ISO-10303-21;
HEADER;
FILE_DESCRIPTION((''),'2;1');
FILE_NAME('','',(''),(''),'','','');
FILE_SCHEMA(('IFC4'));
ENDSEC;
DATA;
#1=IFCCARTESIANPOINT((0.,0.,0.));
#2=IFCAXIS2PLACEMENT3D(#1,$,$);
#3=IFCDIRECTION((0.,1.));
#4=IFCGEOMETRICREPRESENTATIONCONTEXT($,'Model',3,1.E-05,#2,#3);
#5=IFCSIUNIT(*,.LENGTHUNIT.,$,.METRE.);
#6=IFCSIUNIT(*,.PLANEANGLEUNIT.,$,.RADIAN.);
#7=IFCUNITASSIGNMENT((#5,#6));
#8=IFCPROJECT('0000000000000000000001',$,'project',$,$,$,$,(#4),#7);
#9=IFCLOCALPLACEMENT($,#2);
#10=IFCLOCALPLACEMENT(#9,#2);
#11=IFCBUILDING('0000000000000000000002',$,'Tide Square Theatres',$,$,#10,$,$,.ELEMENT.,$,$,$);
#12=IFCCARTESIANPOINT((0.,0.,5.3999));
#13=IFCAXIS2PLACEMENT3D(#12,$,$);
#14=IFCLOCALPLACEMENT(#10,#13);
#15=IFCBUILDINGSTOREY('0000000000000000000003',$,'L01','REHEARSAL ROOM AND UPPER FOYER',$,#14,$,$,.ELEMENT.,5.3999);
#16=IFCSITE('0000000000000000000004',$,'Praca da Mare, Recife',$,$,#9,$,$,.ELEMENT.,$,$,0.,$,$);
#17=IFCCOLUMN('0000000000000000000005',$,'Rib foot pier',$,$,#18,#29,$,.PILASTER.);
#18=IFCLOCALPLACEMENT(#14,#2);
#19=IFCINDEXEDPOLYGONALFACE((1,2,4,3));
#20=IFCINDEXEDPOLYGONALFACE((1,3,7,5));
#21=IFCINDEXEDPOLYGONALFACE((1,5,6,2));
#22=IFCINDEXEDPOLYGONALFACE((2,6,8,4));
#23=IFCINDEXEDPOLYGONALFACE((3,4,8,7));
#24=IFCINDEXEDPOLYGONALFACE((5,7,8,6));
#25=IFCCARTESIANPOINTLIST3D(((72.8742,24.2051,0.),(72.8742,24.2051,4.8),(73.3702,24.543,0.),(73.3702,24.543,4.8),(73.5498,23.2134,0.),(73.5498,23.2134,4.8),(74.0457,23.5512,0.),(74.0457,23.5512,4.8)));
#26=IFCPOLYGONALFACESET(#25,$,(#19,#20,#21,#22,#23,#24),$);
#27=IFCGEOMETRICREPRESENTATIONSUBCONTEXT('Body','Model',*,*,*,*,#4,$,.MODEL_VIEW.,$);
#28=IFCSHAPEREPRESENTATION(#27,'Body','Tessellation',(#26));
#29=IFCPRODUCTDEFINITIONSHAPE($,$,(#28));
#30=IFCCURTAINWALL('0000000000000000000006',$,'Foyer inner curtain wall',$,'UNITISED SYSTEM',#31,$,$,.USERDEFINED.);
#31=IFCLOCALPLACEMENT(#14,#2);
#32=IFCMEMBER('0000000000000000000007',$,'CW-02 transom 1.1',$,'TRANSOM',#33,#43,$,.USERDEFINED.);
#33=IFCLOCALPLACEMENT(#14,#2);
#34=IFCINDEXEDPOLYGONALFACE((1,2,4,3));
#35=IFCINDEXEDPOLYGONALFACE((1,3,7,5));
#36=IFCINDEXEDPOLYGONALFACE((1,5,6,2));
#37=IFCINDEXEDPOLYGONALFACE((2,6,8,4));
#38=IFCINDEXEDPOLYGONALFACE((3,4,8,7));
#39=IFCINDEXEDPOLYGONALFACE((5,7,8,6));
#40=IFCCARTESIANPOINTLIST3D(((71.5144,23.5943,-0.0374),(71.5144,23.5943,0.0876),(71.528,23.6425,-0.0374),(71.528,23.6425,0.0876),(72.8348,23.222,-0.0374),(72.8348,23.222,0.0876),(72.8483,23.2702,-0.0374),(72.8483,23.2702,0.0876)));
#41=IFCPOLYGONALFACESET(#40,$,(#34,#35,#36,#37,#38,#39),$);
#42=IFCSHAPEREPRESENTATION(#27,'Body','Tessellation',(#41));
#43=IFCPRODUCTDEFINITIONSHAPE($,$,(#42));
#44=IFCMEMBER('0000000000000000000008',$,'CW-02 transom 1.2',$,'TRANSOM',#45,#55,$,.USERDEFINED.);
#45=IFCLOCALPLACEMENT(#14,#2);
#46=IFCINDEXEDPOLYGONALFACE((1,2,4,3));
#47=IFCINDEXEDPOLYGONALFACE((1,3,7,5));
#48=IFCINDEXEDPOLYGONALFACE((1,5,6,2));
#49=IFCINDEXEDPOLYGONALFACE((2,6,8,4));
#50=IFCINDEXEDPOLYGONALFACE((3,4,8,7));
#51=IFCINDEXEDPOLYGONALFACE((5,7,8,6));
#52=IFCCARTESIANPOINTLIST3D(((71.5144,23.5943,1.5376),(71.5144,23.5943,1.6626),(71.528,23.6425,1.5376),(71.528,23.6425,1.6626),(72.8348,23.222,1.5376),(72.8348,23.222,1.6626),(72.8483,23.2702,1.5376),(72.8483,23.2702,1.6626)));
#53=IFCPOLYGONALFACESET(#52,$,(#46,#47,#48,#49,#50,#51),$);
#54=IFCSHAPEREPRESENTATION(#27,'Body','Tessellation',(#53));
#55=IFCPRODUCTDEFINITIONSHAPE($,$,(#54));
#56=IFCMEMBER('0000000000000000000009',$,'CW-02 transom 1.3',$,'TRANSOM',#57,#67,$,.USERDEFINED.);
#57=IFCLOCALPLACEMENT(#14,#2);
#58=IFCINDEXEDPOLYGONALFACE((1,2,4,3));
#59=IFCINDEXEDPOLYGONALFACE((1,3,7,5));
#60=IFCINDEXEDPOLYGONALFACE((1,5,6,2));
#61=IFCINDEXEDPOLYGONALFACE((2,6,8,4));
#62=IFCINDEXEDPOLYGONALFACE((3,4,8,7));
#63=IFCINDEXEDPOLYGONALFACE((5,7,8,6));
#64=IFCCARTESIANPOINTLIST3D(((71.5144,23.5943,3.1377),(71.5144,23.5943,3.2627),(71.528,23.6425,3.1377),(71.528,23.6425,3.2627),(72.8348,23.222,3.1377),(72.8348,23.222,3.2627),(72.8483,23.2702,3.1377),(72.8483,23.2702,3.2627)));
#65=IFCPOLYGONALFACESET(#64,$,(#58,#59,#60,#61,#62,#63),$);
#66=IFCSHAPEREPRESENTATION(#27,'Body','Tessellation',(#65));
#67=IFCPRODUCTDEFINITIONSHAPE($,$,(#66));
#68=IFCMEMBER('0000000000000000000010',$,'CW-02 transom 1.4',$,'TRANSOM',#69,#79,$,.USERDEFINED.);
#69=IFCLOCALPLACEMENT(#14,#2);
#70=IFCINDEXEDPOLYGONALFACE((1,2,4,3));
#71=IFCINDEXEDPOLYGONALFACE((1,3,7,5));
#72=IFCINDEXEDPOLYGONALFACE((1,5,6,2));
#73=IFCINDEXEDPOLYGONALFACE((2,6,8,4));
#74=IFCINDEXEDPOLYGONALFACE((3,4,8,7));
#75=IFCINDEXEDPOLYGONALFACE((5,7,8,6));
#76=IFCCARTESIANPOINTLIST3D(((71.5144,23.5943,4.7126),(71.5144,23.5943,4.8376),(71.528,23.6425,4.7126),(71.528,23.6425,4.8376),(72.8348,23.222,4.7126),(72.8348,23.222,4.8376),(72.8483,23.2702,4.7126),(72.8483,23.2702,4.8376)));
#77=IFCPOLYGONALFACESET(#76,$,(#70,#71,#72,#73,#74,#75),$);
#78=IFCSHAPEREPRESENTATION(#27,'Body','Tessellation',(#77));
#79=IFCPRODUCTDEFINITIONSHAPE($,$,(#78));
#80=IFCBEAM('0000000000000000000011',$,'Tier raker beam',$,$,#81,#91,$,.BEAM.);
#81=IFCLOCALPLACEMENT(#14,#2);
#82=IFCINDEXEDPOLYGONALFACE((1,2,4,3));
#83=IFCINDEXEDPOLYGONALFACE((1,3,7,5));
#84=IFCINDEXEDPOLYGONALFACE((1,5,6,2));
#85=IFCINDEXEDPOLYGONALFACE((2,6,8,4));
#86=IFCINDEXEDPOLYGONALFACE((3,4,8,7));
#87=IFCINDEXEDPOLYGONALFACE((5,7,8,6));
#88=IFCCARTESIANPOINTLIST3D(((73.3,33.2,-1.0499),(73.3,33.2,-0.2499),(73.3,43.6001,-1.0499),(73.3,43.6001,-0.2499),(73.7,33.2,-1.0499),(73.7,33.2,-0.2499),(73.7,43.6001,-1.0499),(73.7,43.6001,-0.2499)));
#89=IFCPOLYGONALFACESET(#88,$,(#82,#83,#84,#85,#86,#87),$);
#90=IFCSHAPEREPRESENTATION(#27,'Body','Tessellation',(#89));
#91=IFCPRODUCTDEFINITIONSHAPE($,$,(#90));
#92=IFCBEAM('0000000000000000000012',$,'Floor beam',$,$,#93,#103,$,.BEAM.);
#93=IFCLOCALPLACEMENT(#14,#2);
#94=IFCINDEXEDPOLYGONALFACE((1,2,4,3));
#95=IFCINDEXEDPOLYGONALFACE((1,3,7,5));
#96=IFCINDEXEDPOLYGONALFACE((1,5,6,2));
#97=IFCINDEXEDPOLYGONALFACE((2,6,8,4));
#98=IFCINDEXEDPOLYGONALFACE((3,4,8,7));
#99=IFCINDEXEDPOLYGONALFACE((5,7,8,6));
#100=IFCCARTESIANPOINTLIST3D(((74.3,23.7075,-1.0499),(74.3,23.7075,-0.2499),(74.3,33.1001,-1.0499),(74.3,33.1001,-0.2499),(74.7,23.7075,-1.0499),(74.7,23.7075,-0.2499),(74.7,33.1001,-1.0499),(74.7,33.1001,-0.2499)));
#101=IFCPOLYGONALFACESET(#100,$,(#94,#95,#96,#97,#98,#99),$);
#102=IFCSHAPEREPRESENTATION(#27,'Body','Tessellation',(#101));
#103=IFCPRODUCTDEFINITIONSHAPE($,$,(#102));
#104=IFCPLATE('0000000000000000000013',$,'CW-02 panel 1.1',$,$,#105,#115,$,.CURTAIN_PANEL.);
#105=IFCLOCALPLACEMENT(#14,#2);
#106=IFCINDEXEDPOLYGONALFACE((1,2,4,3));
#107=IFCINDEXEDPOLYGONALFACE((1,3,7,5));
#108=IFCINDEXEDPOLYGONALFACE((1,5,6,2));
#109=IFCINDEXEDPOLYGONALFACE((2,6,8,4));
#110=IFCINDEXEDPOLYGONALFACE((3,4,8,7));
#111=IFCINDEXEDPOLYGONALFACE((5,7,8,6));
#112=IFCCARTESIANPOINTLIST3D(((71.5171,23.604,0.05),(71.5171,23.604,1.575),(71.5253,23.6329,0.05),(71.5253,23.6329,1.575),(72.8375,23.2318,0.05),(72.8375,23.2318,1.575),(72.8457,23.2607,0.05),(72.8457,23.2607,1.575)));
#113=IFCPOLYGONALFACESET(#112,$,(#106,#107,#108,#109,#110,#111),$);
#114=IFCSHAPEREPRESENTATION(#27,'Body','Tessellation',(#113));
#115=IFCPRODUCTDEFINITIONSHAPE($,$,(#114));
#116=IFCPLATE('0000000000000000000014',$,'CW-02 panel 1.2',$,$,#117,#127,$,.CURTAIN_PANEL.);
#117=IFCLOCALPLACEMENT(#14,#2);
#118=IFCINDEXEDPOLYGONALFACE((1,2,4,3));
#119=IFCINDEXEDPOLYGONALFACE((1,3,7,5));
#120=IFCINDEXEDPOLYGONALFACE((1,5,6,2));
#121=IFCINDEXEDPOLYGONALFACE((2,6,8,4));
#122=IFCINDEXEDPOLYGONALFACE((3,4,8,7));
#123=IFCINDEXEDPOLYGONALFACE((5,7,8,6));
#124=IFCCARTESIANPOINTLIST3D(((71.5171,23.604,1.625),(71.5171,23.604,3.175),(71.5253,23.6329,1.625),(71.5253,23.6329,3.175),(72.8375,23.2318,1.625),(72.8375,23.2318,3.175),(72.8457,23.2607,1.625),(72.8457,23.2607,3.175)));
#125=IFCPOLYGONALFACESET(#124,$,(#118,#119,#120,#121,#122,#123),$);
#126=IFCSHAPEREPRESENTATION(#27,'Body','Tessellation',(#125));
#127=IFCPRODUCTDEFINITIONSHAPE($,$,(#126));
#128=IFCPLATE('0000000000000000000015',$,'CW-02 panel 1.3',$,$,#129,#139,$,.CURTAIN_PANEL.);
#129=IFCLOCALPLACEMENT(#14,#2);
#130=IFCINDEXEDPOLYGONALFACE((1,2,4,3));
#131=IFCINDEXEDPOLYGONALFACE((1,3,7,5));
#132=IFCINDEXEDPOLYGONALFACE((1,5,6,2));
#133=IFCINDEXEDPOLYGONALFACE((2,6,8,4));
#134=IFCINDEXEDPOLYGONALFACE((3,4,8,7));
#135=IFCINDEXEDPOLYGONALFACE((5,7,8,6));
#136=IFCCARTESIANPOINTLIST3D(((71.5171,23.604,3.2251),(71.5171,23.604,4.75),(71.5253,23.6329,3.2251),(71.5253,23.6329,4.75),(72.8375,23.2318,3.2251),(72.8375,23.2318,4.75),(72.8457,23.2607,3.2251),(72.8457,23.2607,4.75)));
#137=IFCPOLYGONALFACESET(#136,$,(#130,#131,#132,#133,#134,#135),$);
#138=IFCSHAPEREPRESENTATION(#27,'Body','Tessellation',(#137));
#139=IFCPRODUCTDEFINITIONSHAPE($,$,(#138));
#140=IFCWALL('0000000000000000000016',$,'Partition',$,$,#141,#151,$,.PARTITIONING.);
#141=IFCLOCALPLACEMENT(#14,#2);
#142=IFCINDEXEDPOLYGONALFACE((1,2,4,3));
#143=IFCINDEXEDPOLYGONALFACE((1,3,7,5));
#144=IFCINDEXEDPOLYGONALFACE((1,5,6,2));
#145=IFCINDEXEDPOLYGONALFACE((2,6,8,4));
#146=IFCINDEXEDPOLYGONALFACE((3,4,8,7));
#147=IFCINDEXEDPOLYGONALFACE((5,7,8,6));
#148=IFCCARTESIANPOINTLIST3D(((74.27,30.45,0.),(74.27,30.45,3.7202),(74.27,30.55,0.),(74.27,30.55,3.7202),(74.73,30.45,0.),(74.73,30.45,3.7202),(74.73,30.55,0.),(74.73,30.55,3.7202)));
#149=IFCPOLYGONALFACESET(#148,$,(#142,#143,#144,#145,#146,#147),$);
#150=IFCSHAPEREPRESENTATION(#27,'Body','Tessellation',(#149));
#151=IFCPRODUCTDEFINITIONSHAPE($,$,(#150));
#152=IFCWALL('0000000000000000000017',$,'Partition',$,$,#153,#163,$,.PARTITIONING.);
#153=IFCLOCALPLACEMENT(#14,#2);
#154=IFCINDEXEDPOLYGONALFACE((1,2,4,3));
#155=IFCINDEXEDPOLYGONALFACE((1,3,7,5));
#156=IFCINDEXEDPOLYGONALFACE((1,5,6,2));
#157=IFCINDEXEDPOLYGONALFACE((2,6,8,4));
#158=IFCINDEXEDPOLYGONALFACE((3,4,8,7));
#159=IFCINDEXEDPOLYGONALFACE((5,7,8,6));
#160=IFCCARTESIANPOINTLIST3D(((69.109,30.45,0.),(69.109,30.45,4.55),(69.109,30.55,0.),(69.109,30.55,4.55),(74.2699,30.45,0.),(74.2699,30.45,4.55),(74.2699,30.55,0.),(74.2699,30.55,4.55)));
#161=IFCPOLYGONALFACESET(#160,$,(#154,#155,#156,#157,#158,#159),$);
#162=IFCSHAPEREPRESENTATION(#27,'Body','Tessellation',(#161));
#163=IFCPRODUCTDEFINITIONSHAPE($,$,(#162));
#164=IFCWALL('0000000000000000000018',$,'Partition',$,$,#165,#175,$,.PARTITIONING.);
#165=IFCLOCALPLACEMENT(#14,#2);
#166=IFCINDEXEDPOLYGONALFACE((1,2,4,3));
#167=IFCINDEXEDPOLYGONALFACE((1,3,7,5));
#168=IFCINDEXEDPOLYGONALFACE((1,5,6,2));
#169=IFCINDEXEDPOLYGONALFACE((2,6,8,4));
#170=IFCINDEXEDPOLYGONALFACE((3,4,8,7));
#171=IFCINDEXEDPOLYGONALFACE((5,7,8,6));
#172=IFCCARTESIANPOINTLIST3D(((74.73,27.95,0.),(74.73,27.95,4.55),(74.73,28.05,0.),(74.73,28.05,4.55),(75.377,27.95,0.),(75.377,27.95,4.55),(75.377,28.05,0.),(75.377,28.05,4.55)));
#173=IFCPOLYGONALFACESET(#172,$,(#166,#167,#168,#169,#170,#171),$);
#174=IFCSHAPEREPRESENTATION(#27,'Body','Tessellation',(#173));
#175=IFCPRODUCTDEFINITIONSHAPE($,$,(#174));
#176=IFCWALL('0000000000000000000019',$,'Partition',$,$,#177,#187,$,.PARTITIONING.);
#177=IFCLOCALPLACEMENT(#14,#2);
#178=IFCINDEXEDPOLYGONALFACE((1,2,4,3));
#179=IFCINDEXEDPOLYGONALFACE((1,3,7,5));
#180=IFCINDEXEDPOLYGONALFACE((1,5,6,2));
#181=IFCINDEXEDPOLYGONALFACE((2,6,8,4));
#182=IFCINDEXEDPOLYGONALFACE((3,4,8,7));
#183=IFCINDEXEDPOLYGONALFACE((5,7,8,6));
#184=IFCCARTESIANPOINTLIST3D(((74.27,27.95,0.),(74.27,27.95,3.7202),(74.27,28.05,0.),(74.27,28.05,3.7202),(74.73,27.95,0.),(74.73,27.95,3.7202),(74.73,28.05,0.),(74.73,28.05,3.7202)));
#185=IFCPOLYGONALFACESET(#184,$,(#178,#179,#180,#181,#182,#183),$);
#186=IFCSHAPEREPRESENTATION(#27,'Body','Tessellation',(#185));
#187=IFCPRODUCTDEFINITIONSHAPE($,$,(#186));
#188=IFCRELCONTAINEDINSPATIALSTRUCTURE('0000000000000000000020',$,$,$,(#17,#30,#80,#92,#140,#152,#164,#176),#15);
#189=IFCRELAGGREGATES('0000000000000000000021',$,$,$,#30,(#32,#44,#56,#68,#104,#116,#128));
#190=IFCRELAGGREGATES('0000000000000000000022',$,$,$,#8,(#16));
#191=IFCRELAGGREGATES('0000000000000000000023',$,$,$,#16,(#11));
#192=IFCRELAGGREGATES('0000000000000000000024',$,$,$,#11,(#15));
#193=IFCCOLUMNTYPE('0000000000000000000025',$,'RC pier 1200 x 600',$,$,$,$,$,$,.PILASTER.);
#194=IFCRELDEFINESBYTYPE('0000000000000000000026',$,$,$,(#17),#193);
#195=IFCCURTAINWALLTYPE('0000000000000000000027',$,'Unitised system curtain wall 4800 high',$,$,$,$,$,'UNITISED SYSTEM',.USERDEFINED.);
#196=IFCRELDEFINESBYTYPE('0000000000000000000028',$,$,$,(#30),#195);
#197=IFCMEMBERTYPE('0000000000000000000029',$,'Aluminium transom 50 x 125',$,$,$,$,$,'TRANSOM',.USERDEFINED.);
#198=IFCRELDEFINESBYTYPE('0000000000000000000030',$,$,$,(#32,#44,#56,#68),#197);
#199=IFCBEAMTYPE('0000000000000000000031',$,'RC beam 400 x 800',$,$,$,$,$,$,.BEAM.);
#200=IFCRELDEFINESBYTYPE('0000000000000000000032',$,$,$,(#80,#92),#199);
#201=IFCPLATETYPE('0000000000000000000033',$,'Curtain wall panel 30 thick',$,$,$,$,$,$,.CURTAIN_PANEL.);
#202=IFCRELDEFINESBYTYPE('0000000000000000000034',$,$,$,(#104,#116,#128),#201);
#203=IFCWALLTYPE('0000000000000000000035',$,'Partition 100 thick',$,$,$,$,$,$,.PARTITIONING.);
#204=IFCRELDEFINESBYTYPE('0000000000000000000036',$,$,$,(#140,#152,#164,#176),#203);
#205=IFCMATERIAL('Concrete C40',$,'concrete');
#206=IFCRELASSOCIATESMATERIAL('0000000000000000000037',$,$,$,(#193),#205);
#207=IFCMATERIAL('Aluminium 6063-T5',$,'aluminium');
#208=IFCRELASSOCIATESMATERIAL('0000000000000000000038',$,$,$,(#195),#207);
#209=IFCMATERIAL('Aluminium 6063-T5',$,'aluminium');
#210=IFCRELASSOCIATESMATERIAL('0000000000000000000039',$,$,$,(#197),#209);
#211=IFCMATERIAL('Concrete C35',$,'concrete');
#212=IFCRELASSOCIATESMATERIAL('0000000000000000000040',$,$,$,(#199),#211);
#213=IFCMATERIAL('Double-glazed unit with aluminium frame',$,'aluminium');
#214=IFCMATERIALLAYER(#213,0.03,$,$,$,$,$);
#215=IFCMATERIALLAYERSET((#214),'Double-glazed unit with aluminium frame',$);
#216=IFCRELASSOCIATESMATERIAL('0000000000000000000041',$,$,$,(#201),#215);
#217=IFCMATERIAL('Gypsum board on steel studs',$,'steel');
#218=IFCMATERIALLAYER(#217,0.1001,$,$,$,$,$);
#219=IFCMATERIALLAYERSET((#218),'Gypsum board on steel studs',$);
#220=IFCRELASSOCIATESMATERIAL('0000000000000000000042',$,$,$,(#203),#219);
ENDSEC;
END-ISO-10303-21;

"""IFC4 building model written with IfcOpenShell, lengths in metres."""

from ifc_helpers import new_model, si_unit, direction, frame, frame_2d, origin, origin_2d, place, context, subcontext, project, spatial, rectangle, extrude, material, layer, layer_set, material_profile, profile_set, type_object, element, aggregate, save


model = new_model("IFC4")

# Units and contexts
model_context = context("Model", 3, precision=1e-05, world=origin(), true_north=direction((0.0, 1.0)))
body_context = subcontext(model_context, "Body", "Model", "MODEL_VIEW")
ifc_project = project(units=[si_unit("LENGTHUNIT", "METRE"), si_unit("PLANEANGLEUNIT", "RADIAN")], contexts=[model_context])

# Site, building, storey
site_placement = place(None, origin())
site = spatial("IfcSite", under=ifc_project, at=site_placement, Name="Praca da Mare, Recife", CompositionType="ELEMENT", RefElevation=0.0)
building_placement = place(site_placement, origin())
building = spatial("IfcBuilding", under=site, at=building_placement, Name="Tide Square Theatres", CompositionType="ELEMENT")
storey_placement = place(building_placement, frame((0.0, 0.0, 5.3999)))
storey = spatial("IfcBuildingStorey", under=building, at=storey_placement, Name="L01", Description="REHEARSAL ROOM AND UPPER FOYER", CompositionType="ELEMENT", Elevation=5.3999)

# Column
ifc_material_1 = material(Name="Concrete C40", Category="concrete")
ifc_material_profile_1 = material_profile(ifc_material_1, rectangle(XDim=1.2, YDim=0.6001, at=origin_2d()))
ifc_profile_set_1 = profile_set([ifc_material_profile_1], Name="Concrete C40")
column_type = type_object("IfcColumnType", Name="RC pier 1200 x 600", PredefinedType="PILASTER", material=ifc_profile_set_1)
column_placement = place(storey_placement, frame((73.46, 23.8782, 0.0), z_axis=(0.0, 0.0, 1.0), x_axis=(0.562978, -0.826472, 0.0)))
element("IfcColumn", 1, at=column_placement, inside=storey, type_object=column_type, Name="Rib foot pier", PredefinedType="PILASTER", context=body_context, shape_type="SweptSolid", body=[
    extrude(rectangle(XDim=1.2, YDim=0.6001, at=origin_2d()), origin(), (0.0, 0.0, 1.0), 4.8),
])

# Curtain wall, members
ifc_material_2 = material(Name="Aluminium 6063-T5", Category="aluminium")
curtain_wall_type = type_object("IfcCurtainWallType", Name="Unitised system curtain wall 4800 high", ElementType="UNITISED SYSTEM", PredefinedType="USERDEFINED", material=ifc_material_2)
curtain_wall_placement = place(storey_placement, origin())
curtain_wall = element("IfcCurtainWall", 2, at=curtain_wall_placement, inside=storey, type_object=curtain_wall_type, Name="Foyer inner curtain wall", ObjectType="UNITISED SYSTEM", PredefinedType="USERDEFINED")
ifc_material_3 = material(Name="Aluminium 6063-T5", Category="aluminium")
ifc_material_profile_2 = material_profile(ifc_material_3, rectangle(XDim=0.05, YDim=0.125, at=origin_2d()))
ifc_profile_set_2 = profile_set([ifc_material_profile_2], Name="Aluminium 6063-T5")
member_type = type_object("IfcMemberType", Name="Aluminium transom 50 x 125", ElementType="TRANSOM", PredefinedType="USERDEFINED", material=ifc_profile_set_2)
member_1_placement = place(storey_placement, frame((72.8416, 23.2461, 0.0251), z_axis=(-0.962465, 0.271405, 0.0), x_axis=(-0.271405, -0.962465, 0.0)))
member_1 = element("IfcMember", 3, at=member_1_placement, type_object=member_type, Name="CW-02 transom 1.1", ObjectType="TRANSOM", PredefinedType="USERDEFINED", context=body_context, shape_type="SweptSolid", body=[
    extrude(rectangle(XDim=0.05, YDim=0.125, at=origin_2d()), origin(), (0.0, 0.0, 1.0), 1.3718),
])
member_2_placement = place(storey_placement, frame((72.8416, 23.2461, 1.6001), z_axis=(-0.962465, 0.271405, 0.0), x_axis=(-0.271405, -0.962465, 0.0)))
member_2 = element("IfcMember", 4, at=member_2_placement, type_object=member_type, Name="CW-02 transom 1.2", ObjectType="TRANSOM", PredefinedType="USERDEFINED", context=body_context, shape_type="SweptSolid", body=[
    extrude(rectangle(XDim=0.05, YDim=0.125, at=origin_2d()), origin(), (0.0, 0.0, 1.0), 1.3718),
])
member_3_placement = place(storey_placement, frame((72.8416, 23.2461, 3.2002), z_axis=(-0.962465, 0.271405, 0.0), x_axis=(-0.271405, -0.962465, 0.0)))
member_3 = element("IfcMember", 5, at=member_3_placement, type_object=member_type, Name="CW-02 transom 1.3", ObjectType="TRANSOM", PredefinedType="USERDEFINED", context=body_context, shape_type="SweptSolid", body=[
    extrude(rectangle(XDim=0.05, YDim=0.125, at=origin_2d()), origin(), (0.0, 0.0, 1.0), 1.3718),
])
member_4_placement = place(storey_placement, frame((72.8416, 23.2461, 4.7751), z_axis=(-0.962465, 0.271405, 0.0), x_axis=(-0.271405, -0.962465, 0.0)))
member_4 = element("IfcMember", 6, at=member_4_placement, type_object=member_type, Name="CW-02 transom 1.4", ObjectType="TRANSOM", PredefinedType="USERDEFINED", context=body_context, shape_type="SweptSolid", body=[
    extrude(rectangle(XDim=0.05, YDim=0.125, at=origin_2d()), origin(), (0.0, 0.0, 1.0), 1.3718),
])

# Beams
ifc_material_4 = material(Name="Concrete C35", Category="concrete")
ifc_material_profile_3 = material_profile(ifc_material_4, rectangle(XDim=0.3999, YDim=0.8, at=origin_2d()))
ifc_profile_set_3 = profile_set([ifc_material_profile_3], Name="Concrete C35")
beam_type = type_object("IfcBeamType", Name="RC beam 400 x 800", PredefinedType="BEAM", material=ifc_profile_set_3)
beam_1_placement = place(storey_placement, frame((73.5, 33.2, -0.6499), z_axis=(0.0, 1.0, 0.0), x_axis=(-1.0, 0.0, 0.0)))
element("IfcBeam", 7, at=beam_1_placement, inside=storey, type_object=beam_type, Name="Tier raker beam", PredefinedType="BEAM", context=body_context, shape_type="SweptSolid", body=[
    extrude(rectangle(XDim=0.3999, YDim=0.8, at=origin_2d()), origin(), (0.0, 0.0, 1.0), 10.4001),
])
beam_2_placement = place(storey_placement, frame((74.5, 23.7075, -0.6499), z_axis=(0.0, 1.0, 0.0), x_axis=(-1.0, 0.0, 0.0)))
element("IfcBeam", 8, at=beam_2_placement, inside=storey, type_object=beam_type, Name="Floor beam", PredefinedType="BEAM", context=body_context, shape_type="SweptSolid", body=[
    extrude(rectangle(XDim=0.3999, YDim=0.8, at=origin_2d()), origin(), (0.0, 0.0, 1.0), 9.3926),
])

# Plates
ifc_material_5 = material(Name="Double-glazed unit with aluminium frame", Category="aluminium")
ifc_layer_1 = layer(ifc_material_5, 0.03)
ifc_layer_set_1 = layer_set([ifc_layer_1], Name="Double-glazed unit with aluminium frame")
plate_type = type_object("IfcPlateType", Name="Curtain wall panel 30 thick", PredefinedType="CURTAIN_PANEL", material=ifc_layer_set_1)
plate_1_placement = place(storey_placement, frame((72.1814, 23.4324, 0.05), z_axis=(0.0, 0.0, 1.0), x_axis=(-0.962487, 0.271328, 0.0)))
plate_1 = element("IfcPlate", 9, at=plate_1_placement, type_object=plate_type, Name="CW-02 panel 1.1", PredefinedType="CURTAIN_PANEL", context=body_context, shape_type="SweptSolid", body=[
    extrude(rectangle(XDim=1.3718, YDim=0.03, at=origin_2d()), origin(), (0.0, 0.0, 1.0), 1.5249),
])
plate_2_placement = place(storey_placement, frame((72.1814, 23.4324, 1.625), z_axis=(0.0, 0.0, 1.0), x_axis=(-0.962487, 0.271328, 0.0)))
plate_2 = element("IfcPlate", 10, at=plate_2_placement, type_object=plate_type, Name="CW-02 panel 1.2", PredefinedType="CURTAIN_PANEL", context=body_context, shape_type="SweptSolid", body=[
    extrude(rectangle(XDim=1.3718, YDim=0.03, at=origin_2d()), origin(), (0.0, 0.0, 1.0), 1.55),
])
plate_3_placement = place(storey_placement, frame((72.1814, 23.4324, 3.2251), z_axis=(0.0, 0.0, 1.0), x_axis=(-0.962487, 0.271328, 0.0)))
plate_3 = element("IfcPlate", 11, at=plate_3_placement, type_object=plate_type, Name="CW-02 panel 1.3", PredefinedType="CURTAIN_PANEL", context=body_context, shape_type="SweptSolid", body=[
    extrude(rectangle(XDim=1.3718, YDim=0.03, at=origin_2d()), origin(), (0.0, 0.0, 1.0), 1.5249),
])
aggregate(curtain_wall, [member_1, member_2, member_3, member_4, plate_1, plate_2, plate_3])

# Walls
ifc_material_6 = material(Name="Gypsum board on steel studs", Category="steel")
ifc_layer_2 = layer(ifc_material_6, 0.1001)
ifc_layer_set_2 = layer_set([ifc_layer_2], Name="Gypsum board on steel studs")
wall_type_1 = type_object("IfcWallType", Name="Partition 100 thick", PredefinedType="PARTITIONING", material=ifc_layer_set_2)
wall_1_placement = place(storey_placement, frame((74.73, 30.5, 0.0), z_axis=(0.0, 0.0, 1.0), x_axis=(-1.0, 0.0, 0.0)))
element("IfcWall", 12, at=wall_1_placement, inside=storey, type_object=wall_type_1, Name="Partition", PredefinedType="PARTITIONING", context=body_context, shape_type="SweptSolid", body=[
    extrude(rectangle(XDim=0.46, YDim=0.1001, at=frame_2d((0.23, 0.0))), origin(), (0.0, 0.0, 1.0), 3.7202),
])
wall_2_placement = place(storey_placement, frame((74.27, 30.5, 0.0), z_axis=(0.0, 0.0, 1.0), x_axis=(-1.0, 0.0, 0.0)))
element("IfcWall", 13, at=wall_2_placement, inside=storey, type_object=wall_type_1, Name="Partition", PredefinedType="PARTITIONING", context=body_context, shape_type="SweptSolid", body=[
    extrude(rectangle(XDim=5.1609, YDim=0.1001, at=frame_2d((2.5806, 0.0))), origin(), (0.0, 0.0, 1.0), 4.55),
])
wall_3_placement = place(storey_placement, frame((75.377, 28.0, 0.0), z_axis=(0.0, 0.0, 1.0), x_axis=(-1.0, 0.0, 0.0)))
element("IfcWall", 14, at=wall_3_placement, inside=storey, type_object=wall_type_1, Name="Partition", PredefinedType="PARTITIONING", context=body_context, shape_type="SweptSolid", body=[
    extrude(rectangle(XDim=0.647, YDim=0.1001, at=frame_2d((0.3235, 0.0))), origin(), (0.0, 0.0, 1.0), 4.55),
])
wall_4_placement = place(storey_placement, frame((74.73, 28.0, 0.0), z_axis=(0.0, 0.0, 1.0), x_axis=(-1.0, 0.0, 0.0)))
element("IfcWall", 15, at=wall_4_placement, inside=storey, type_object=wall_type_1, Name="Partition", PredefinedType="PARTITIONING", context=body_context, shape_type="SweptSolid", body=[
    extrude(rectangle(XDim=0.46, YDim=0.1001, at=frame_2d((0.23, 0.0))), origin(), (0.0, 0.0, 1.0), 3.7202),
])

save(model, "model.ifc")
